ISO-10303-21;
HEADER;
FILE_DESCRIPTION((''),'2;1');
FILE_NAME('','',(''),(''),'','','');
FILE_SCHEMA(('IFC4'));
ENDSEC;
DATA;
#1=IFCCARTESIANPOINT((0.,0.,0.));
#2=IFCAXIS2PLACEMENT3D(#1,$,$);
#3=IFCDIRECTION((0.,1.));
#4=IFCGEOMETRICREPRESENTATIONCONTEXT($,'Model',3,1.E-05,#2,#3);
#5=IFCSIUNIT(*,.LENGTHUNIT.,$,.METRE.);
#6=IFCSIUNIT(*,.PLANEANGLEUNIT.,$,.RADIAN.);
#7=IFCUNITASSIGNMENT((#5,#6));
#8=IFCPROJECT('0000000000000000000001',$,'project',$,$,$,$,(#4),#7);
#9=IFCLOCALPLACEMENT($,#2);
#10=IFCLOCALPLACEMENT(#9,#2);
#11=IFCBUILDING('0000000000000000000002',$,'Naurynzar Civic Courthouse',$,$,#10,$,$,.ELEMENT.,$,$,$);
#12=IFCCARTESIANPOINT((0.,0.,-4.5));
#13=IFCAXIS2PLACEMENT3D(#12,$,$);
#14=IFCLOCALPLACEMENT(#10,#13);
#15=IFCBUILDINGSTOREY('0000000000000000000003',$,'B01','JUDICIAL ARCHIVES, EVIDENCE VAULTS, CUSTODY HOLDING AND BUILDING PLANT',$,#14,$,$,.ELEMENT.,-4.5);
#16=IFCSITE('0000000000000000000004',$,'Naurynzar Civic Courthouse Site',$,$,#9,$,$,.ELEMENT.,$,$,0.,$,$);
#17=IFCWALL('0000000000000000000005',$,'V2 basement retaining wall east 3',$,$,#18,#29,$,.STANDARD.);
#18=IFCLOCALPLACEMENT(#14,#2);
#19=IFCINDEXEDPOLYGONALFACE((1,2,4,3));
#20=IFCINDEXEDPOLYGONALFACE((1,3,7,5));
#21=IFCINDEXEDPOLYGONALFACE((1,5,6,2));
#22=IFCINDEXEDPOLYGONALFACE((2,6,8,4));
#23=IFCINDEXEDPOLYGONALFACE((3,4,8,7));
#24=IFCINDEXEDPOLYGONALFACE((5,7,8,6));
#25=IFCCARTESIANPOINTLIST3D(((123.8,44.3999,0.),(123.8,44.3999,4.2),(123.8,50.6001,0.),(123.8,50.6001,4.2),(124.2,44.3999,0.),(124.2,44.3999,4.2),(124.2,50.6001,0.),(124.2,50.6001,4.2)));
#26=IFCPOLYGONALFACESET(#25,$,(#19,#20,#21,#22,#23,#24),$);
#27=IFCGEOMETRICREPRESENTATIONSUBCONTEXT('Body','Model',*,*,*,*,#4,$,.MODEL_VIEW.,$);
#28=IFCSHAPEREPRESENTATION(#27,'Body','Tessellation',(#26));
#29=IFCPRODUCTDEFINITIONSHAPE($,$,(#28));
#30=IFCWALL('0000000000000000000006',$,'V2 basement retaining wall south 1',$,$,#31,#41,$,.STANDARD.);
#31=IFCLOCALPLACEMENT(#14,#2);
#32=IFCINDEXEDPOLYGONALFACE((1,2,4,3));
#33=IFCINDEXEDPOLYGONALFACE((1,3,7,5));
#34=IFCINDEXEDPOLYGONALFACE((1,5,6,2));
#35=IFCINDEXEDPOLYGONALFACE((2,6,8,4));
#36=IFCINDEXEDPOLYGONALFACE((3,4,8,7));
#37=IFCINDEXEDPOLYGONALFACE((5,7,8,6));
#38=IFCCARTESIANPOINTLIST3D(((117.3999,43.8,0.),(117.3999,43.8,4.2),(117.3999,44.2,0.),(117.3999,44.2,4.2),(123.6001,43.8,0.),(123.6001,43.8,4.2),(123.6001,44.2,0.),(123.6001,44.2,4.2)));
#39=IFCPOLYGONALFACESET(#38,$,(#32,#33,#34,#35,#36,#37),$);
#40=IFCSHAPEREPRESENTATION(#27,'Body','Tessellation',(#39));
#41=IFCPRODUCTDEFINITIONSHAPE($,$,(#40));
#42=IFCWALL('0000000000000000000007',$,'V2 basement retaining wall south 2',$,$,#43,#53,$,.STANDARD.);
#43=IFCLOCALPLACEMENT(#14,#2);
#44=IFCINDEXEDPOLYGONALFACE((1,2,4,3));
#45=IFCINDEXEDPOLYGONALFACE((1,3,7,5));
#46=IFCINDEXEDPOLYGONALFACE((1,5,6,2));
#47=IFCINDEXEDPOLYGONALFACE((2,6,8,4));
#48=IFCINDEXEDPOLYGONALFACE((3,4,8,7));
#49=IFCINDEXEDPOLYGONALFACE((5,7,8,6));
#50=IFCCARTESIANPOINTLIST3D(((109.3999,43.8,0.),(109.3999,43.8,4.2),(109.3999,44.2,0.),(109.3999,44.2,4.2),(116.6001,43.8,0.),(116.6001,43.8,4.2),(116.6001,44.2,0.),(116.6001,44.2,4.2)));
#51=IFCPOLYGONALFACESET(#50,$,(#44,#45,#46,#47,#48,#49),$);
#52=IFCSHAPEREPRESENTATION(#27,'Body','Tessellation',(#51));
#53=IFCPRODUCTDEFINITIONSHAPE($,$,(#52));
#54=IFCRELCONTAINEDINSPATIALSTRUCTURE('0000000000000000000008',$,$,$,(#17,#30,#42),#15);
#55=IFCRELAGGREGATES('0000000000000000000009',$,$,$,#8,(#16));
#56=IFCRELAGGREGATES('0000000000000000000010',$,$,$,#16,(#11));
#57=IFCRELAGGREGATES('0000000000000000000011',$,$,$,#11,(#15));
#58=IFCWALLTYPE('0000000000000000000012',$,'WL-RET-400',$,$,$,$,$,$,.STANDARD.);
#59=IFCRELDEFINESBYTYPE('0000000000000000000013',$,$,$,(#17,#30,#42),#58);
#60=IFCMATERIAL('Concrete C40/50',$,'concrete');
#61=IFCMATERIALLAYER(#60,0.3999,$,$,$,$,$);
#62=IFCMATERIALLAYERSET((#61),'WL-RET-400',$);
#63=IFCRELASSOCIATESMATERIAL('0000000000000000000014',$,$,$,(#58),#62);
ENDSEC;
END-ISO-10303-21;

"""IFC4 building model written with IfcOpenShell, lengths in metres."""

from ifc_helpers import new_model, si_unit, direction, frame, frame_2d, origin, place, context, subcontext, project, spatial, rectangle, extrude, material, layer, layer_set, type_object, element, save


model = new_model("IFC4")

# Units and contexts
model_context = context("Model", 3, precision=1e-05, world=origin(), true_north=direction((0.0, 1.0)))
body_context = subcontext(model_context, "Body", "Model", "MODEL_VIEW")
ifc_project = project(units=[si_unit("LENGTHUNIT", "METRE"), si_unit("PLANEANGLEUNIT", "RADIAN")], contexts=[model_context])

# Site, building, storey
site_placement = place(None, origin())
site = spatial("IfcSite", under=ifc_project, at=site_placement, Name="Naurynzar Civic Courthouse Site", CompositionType="ELEMENT", RefElevation=0.0)
building_placement = place(site_placement, origin())
building = spatial("IfcBuilding", under=site, at=building_placement, Name="Naurynzar Civic Courthouse", CompositionType="ELEMENT")
storey_placement = place(building_placement, frame((0.0, 0.0, -4.5)))
storey = spatial("IfcBuildingStorey", under=building, at=storey_placement, Name="B01", Description="JUDICIAL ARCHIVES, EVIDENCE VAULTS, CUSTODY HOLDING AND BUILDING PLANT", CompositionType="ELEMENT", Elevation=-4.5)

# Walls
ifc_material_1 = material(Name="Concrete C40/50", Category="concrete")
ifc_layer = layer(ifc_material_1, 0.3999)
ifc_layer_set = layer_set([ifc_layer], Name="WL-RET-400")
wall_type = type_object("IfcWallType", Name="WL-RET-400", PredefinedType="STANDARD", material=ifc_layer_set)
for number, where, z_axis, x_axis, name in (
    (1, (124.0, 50.6001, 0.0), (0.0, 0.0, 1.0), (0.0, -1.0, 0.0), "V2 basement retaining wall east 3"),
    (2, (123.6001, 44.0, 0.0), (0.0, 0.0, 1.0), (-1.0, 0.0, 0.0), "V2 basement retaining wall south 1"),
):
    element("IfcWall", number, at=place(storey_placement, frame(where, z_axis=z_axis, x_axis=x_axis)), inside=storey, type_object=wall_type, Name=name, PredefinedType="STANDARD", context=body_context, shape_type="SweptSolid", body=[
        extrude(rectangle(XDim=6.2002, YDim=0.3999, at=frame_2d((3.1001, 0.0))), origin(), (0.0, 0.0, 1.0), 4.2),
    ])
wall_placement = place(storey_placement, frame((116.6001, 44.0, 0.0), z_axis=(0.0, 0.0, 1.0), x_axis=(-1.0, 0.0, 0.0)))
element("IfcWall", 3, at=wall_placement, inside=storey, type_object=wall_type, Name="V2 basement retaining wall south 2", PredefinedType="STANDARD", context=body_context, shape_type="SweptSolid", body=[
    extrude(rectangle(XDim=7.2002, YDim=0.3999, at=frame_2d((3.6001, 0.0))), origin(), (0.0, 0.0, 1.0), 4.2),
])

save(model, "model.ifc")
